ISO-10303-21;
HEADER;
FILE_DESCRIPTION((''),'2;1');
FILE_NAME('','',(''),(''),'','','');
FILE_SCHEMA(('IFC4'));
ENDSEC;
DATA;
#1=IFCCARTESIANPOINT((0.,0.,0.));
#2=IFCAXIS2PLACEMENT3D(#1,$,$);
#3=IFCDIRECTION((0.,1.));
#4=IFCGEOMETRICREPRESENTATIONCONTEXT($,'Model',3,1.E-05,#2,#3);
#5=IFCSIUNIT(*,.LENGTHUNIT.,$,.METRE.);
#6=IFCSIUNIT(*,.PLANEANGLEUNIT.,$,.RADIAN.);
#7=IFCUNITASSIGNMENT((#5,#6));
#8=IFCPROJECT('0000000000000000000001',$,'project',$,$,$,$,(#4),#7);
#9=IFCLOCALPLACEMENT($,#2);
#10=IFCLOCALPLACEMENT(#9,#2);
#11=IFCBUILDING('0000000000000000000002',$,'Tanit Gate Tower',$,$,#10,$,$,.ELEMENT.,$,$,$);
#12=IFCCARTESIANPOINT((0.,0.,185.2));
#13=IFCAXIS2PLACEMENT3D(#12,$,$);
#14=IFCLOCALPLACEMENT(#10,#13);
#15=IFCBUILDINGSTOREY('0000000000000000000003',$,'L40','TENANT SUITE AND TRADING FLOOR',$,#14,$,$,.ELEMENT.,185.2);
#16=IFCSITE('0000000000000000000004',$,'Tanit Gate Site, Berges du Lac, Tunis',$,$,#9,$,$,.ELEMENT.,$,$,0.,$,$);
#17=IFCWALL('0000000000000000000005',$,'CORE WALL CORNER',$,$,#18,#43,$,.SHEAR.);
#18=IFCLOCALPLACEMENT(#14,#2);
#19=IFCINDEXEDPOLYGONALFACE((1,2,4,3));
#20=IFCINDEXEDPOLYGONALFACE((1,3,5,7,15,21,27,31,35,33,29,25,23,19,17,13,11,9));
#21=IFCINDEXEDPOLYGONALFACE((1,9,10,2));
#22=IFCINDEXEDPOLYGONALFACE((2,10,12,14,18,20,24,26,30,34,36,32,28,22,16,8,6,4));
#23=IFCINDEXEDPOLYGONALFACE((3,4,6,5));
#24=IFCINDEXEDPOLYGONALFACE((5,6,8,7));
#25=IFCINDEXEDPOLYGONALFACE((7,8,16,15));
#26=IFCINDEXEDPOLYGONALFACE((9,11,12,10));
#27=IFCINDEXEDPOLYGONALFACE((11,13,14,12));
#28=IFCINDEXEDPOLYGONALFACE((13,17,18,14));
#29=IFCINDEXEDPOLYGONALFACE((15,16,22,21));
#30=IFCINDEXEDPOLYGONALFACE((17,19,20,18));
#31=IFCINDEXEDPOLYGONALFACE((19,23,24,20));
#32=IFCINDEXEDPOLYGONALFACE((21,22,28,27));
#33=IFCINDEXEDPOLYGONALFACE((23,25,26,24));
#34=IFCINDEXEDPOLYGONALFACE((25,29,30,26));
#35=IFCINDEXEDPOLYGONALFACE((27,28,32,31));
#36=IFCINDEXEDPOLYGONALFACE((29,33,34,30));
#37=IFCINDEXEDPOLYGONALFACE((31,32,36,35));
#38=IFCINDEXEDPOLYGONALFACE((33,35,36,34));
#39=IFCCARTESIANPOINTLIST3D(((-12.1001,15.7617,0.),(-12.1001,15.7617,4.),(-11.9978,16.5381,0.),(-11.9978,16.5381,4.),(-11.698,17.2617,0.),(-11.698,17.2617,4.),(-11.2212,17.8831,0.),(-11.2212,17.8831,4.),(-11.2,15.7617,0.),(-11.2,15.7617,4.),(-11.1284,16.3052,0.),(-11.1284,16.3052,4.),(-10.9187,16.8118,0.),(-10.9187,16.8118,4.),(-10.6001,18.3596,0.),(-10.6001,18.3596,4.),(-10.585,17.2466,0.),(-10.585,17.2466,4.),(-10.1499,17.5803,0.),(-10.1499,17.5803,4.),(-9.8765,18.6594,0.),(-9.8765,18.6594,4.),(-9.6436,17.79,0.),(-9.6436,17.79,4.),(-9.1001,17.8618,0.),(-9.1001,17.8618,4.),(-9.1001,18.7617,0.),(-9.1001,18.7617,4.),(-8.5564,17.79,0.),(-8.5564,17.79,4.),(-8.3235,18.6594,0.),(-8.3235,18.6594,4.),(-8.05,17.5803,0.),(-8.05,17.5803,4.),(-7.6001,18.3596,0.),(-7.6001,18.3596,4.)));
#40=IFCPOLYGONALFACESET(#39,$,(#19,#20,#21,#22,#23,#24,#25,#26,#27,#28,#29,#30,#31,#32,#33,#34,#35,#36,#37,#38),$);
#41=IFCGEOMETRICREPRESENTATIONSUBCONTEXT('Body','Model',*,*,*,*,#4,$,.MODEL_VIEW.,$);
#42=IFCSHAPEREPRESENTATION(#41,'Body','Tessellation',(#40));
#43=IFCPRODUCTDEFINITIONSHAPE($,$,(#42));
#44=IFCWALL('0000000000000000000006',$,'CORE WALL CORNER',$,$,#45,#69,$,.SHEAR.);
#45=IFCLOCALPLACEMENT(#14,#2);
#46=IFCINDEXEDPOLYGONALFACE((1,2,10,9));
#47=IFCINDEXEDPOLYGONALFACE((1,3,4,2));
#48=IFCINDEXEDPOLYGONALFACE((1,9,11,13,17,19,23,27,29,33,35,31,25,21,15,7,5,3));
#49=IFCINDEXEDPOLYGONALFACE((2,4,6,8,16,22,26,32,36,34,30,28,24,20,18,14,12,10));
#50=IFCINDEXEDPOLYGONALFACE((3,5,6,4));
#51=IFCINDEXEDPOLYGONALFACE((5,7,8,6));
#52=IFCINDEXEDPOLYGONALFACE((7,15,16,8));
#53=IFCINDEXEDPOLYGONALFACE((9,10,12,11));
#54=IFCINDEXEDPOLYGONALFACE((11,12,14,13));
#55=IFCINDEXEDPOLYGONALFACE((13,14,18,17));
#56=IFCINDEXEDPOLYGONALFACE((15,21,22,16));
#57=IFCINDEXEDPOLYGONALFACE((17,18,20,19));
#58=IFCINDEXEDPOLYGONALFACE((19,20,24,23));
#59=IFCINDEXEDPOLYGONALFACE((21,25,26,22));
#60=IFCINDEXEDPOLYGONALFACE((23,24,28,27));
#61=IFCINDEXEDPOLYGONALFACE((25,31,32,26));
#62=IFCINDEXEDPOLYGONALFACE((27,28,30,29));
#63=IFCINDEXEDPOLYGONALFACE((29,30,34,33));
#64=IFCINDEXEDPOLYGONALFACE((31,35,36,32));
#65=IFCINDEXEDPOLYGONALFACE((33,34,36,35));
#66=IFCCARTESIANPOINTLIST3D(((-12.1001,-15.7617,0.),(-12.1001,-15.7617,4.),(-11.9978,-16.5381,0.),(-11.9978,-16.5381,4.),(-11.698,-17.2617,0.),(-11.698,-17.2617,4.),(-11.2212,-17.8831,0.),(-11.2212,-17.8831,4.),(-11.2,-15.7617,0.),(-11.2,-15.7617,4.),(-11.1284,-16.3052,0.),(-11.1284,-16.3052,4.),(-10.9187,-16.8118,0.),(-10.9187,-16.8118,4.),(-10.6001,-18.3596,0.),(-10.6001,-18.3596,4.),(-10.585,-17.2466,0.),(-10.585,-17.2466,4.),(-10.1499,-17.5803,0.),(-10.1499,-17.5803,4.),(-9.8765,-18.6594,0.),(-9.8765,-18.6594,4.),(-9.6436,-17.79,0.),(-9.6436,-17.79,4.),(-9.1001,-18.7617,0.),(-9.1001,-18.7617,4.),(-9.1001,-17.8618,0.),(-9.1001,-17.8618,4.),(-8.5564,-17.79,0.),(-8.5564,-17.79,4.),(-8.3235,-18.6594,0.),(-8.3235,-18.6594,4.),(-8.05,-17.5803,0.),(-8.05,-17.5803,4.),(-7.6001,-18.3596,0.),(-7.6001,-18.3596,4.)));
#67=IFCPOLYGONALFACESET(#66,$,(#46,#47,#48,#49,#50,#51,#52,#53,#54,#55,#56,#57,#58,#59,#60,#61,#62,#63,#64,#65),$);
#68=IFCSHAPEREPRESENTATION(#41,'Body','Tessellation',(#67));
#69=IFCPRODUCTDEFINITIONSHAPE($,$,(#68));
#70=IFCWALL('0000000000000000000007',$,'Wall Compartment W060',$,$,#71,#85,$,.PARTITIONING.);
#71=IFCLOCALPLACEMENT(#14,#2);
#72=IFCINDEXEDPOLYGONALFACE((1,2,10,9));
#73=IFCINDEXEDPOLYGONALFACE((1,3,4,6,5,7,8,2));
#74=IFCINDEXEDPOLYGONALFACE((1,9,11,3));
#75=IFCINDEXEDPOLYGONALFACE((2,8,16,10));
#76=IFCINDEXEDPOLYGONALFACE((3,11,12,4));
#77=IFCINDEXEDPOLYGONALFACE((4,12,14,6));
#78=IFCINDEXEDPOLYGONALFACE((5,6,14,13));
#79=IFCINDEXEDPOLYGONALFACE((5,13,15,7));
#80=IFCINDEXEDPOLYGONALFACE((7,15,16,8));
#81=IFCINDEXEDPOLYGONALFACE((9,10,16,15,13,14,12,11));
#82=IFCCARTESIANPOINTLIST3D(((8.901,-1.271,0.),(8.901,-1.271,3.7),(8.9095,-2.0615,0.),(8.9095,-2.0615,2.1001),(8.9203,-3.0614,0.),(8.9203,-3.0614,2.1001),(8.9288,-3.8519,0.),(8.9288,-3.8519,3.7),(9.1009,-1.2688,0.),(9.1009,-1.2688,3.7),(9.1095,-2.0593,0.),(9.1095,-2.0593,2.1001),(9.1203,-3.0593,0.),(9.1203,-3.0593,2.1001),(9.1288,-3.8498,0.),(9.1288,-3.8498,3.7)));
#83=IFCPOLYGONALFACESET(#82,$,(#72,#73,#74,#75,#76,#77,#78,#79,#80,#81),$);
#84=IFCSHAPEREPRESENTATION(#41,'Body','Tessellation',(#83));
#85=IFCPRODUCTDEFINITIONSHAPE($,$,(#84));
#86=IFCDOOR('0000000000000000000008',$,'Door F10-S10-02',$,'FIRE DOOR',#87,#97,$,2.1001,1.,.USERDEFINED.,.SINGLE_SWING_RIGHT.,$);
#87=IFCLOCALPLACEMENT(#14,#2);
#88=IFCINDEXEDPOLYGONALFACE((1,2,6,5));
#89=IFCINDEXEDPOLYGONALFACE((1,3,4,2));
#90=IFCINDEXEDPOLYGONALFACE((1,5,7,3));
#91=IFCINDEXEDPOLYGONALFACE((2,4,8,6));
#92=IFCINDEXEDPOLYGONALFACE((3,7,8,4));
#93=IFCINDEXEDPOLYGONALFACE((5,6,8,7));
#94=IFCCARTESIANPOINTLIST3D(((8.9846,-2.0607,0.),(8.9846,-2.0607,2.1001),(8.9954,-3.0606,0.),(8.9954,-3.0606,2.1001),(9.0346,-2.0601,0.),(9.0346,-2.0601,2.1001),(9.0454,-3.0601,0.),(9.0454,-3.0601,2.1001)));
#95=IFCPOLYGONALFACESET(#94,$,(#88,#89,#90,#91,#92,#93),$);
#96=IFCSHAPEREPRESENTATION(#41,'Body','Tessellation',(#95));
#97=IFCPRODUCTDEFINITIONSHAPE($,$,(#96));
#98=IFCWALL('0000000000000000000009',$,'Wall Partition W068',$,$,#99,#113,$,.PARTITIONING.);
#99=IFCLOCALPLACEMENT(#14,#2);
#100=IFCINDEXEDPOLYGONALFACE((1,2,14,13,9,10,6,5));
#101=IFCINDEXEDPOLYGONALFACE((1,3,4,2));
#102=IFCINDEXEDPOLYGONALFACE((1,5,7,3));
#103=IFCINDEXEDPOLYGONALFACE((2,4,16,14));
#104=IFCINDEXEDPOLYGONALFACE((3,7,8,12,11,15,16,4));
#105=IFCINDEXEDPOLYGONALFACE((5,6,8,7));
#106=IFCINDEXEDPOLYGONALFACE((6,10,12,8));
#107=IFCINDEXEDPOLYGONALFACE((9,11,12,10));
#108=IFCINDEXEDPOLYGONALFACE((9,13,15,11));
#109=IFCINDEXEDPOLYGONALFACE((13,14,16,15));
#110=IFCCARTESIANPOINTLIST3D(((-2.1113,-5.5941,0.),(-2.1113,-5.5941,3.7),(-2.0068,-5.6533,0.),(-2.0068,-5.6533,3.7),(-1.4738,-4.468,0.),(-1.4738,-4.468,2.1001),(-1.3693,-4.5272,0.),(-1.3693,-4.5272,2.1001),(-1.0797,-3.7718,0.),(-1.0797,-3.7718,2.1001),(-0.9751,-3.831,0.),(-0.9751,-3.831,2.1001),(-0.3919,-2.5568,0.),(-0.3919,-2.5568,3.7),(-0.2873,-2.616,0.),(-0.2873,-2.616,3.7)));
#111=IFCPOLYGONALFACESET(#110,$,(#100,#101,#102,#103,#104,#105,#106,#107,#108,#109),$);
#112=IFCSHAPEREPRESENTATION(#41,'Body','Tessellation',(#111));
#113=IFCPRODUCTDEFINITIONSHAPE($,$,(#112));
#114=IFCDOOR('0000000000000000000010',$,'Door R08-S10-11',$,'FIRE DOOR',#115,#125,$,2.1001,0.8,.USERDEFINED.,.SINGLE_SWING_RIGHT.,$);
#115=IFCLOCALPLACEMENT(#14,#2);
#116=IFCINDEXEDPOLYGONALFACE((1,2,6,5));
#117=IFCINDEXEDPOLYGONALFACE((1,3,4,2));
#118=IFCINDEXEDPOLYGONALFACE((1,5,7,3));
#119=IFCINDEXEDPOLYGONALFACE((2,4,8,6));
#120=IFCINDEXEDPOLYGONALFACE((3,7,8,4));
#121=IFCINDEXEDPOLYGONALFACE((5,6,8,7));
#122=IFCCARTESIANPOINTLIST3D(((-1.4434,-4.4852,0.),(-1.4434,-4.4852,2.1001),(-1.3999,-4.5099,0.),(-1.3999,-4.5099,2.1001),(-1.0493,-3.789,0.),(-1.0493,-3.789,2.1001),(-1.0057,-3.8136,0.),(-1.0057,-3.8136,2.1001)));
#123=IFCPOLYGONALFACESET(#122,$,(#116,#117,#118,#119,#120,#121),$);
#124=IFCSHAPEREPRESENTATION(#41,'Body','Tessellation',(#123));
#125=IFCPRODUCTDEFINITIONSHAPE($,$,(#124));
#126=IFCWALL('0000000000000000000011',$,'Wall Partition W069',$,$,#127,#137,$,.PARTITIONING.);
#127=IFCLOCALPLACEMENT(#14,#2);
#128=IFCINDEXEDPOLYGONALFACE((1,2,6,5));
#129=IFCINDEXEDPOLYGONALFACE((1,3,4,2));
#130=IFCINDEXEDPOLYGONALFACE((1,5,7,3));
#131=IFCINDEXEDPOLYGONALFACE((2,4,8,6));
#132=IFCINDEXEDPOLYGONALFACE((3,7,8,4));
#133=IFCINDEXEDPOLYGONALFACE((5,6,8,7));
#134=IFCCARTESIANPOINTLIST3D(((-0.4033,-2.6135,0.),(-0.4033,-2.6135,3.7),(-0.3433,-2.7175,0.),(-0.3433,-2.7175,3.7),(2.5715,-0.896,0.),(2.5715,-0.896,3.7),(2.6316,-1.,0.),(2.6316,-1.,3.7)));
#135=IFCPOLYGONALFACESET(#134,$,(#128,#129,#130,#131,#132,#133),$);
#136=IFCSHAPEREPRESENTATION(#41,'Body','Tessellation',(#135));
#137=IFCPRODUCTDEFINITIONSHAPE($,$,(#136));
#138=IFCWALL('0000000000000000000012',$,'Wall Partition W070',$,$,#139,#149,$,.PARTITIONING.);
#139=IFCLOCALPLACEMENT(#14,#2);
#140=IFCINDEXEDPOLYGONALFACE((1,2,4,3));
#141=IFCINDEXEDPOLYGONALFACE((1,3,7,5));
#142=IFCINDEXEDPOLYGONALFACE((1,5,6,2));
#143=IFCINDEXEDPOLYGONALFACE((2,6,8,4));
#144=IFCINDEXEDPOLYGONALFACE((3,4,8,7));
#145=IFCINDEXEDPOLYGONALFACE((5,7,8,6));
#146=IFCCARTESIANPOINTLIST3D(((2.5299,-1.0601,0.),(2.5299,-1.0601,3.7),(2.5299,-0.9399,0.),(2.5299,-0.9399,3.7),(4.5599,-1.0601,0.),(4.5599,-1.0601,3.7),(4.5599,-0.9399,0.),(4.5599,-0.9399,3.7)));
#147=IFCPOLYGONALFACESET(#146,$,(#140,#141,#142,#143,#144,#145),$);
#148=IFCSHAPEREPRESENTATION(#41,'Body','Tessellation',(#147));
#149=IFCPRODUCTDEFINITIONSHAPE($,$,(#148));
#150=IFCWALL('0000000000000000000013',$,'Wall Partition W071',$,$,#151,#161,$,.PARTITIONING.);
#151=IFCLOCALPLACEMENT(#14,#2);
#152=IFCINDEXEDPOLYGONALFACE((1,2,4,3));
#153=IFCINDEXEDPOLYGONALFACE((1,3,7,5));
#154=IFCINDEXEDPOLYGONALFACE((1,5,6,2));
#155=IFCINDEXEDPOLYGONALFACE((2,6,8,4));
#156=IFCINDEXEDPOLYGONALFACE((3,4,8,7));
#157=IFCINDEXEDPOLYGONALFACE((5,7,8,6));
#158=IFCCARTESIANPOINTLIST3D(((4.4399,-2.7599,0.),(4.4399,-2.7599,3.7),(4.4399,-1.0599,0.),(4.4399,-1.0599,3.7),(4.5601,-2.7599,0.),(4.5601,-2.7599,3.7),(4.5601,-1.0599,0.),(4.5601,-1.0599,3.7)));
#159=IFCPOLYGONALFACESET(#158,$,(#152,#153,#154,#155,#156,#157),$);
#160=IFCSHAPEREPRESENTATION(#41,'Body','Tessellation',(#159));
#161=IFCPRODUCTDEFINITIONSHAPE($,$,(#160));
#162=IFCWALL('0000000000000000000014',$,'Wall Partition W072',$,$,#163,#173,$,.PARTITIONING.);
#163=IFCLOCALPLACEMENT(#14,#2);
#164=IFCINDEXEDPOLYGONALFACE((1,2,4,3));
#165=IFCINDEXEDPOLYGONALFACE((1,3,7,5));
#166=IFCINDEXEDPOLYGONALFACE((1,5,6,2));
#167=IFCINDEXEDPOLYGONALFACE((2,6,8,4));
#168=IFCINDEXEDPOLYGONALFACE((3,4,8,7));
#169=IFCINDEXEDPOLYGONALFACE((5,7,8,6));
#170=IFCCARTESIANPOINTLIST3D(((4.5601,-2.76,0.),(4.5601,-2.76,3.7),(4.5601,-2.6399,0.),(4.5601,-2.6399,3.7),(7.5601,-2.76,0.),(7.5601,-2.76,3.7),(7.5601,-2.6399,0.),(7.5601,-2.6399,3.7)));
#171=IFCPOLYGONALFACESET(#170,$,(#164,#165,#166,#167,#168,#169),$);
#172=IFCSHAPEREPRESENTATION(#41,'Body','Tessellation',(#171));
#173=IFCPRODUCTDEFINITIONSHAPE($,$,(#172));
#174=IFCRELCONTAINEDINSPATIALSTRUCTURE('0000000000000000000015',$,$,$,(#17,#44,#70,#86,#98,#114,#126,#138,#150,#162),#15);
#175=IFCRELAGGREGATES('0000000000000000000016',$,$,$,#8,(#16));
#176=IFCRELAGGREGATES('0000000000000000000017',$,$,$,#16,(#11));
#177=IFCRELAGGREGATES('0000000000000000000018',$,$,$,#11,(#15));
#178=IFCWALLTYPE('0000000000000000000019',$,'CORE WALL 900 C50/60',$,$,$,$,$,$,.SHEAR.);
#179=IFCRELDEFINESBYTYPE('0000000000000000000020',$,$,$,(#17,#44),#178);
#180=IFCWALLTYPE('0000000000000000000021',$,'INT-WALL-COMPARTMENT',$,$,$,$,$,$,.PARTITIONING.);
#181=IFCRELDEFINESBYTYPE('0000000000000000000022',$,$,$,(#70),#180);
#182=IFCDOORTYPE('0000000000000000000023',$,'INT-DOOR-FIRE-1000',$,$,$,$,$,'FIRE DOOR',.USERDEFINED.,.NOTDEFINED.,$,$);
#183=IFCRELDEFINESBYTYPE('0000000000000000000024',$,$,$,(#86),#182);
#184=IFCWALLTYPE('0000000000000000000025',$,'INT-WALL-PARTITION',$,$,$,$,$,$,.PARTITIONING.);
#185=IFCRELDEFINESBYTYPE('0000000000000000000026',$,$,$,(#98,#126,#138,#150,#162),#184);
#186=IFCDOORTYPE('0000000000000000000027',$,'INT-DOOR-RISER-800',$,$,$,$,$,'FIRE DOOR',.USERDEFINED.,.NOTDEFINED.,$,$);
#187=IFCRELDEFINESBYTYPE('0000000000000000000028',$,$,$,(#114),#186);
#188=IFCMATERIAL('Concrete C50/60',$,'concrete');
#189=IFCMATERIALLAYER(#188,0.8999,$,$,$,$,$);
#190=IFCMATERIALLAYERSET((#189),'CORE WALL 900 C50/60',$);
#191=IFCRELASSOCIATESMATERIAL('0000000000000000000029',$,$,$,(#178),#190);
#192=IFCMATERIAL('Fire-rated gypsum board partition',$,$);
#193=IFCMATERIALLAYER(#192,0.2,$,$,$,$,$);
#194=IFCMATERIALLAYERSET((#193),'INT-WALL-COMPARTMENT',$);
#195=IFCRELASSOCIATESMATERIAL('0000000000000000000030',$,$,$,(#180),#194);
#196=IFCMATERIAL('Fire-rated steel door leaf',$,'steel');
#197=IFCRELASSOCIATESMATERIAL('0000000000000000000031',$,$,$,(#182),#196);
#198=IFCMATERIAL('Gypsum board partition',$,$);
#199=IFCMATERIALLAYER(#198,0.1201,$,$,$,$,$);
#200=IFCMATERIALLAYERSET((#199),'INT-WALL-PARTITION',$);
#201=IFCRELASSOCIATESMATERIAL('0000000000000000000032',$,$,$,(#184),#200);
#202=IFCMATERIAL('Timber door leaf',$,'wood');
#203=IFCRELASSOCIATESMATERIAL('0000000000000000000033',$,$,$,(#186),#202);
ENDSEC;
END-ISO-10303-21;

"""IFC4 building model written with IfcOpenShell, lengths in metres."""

from ifc_helpers import new_model, si_unit, direction, frame, frame_2d, origin, place, context, subcontext, project, spatial, polyline, rectangle, outline, extrude, material, layer, layer_set, type_object, element, fill, save


model = new_model("IFC4")

# Units and contexts
model_context = context("Model", 3, precision=1e-05, world=origin(), true_north=direction((0.0, 1.0)))
body_context = subcontext(model_context, "Body", "Model", "MODEL_VIEW")
ifc_project = project(units=[si_unit("LENGTHUNIT", "METRE"), si_unit("PLANEANGLEUNIT", "RADIAN")], contexts=[model_context])

# Site, building, storey
site_placement = place(None, origin())
site = spatial("IfcSite", under=ifc_project, at=site_placement, Name="Tanit Gate Site, Berges du Lac, Tunis", CompositionType="ELEMENT", RefElevation=0.0)
building_placement = place(site_placement, origin())
building = spatial("IfcBuilding", under=site, at=building_placement, Name="Tanit Gate Tower", CompositionType="ELEMENT")
storey_placement = place(building_placement, frame((0.0, 0.0, 185.2)))
storey = spatial("IfcBuildingStorey", under=building, at=storey_placement, Name="L40", Description="TENANT SUITE AND TRADING FLOOR", CompositionType="ELEMENT", Elevation=185.2)

# Walls
ifc_material_1 = material(Name="Concrete C50/60", Category="concrete")
ifc_layer_1 = layer(ifc_material_1, 0.8999)
ifc_layer_set_1 = layer_set([ifc_layer_1], Name="CORE WALL 900 C50/60")
wall_type_1 = type_object("IfcWallType", Name="CORE WALL 900 C50/60", PredefinedType="SHEAR", material=ifc_layer_set_1)
wall_1_placement = place(storey_placement, origin())
element("IfcWall", 1, at=wall_1_placement, inside=storey, type_object=wall_type_1, Name="CORE WALL CORNER", PredefinedType="SHEAR", context=body_context, shape_type="SweptSolid", body=[
    extrude(outline(polyline([(-7.6001, 18.3596), (-8.3235, 18.6594), (-9.1001, 18.7617), (-9.8765, 18.6594), (-10.6001, 18.3596), (-11.2212, 17.8831), (-11.698, 17.2617), (-11.9978, 16.5381), (-12.1001, 15.7617), (-11.2, 15.7617), (-11.1284, 16.3052), (-10.9187, 16.8118), (-10.585, 17.2466), (-10.1499, 17.5803), (-9.6436, 17.79), (-9.1001, 17.8618), (-8.5564, 17.79), (-8.05, 17.5803), (-7.6001, 18.3596)])), origin(), (0.0, 0.0, 1.0), 4.0),
])
wall_2_placement = place(storey_placement, origin())
element("IfcWall", 2, at=wall_2_placement, inside=storey, type_object=wall_type_1, Name="CORE WALL CORNER", PredefinedType="SHEAR", context=body_context, shape_type="SweptSolid", body=[
    extrude(outline(polyline([(-12.1001, -15.7617), (-11.9978, -16.5381), (-11.698, -17.2617), (-11.2212, -17.8831), (-10.6001, -18.3596), (-9.8765, -18.6594), (-9.1001, -18.7617), (-8.3235, -18.6594), (-7.6001, -18.3596), (-8.05, -17.5803), (-8.5564, -17.79), (-9.1001, -17.8618), (-9.6436, -17.79), (-10.1499, -17.5803), (-10.585, -17.2466), (-10.9187, -16.8118), (-11.1284, -16.3052), (-11.2, -15.7617), (-12.1001, -15.7617)])), origin(), (0.0, 0.0, 1.0), 4.0),
])

# Walls, openings, doors
ifc_material_2 = material(Name="Fire-rated gypsum board partition")
ifc_layer_2 = layer(ifc_material_2, 0.2)
ifc_layer_set_2 = layer_set([ifc_layer_2], Name="INT-WALL-COMPARTMENT")
wall_type_2 = type_object("IfcWallType", Name="INT-WALL-COMPARTMENT", PredefinedType="PARTITIONING", material=ifc_layer_set_2)
wall_3_placement = place(storey_placement, frame((9.0288, -3.8508, 0.0), z_axis=(0.0, 0.0, 1.0), x_axis=(-0.010784, 0.999942, 0.0)))
wall_3 = element("IfcWall", 3, at=wall_3_placement, inside=storey, type_object=wall_type_2, Name="Wall Compartment W060", PredefinedType="PARTITIONING", context=body_context, shape_type="SweptSolid", body=[
    extrude(rectangle(XDim=2.5811, YDim=0.2, at=frame_2d((1.2905, 0.0))), origin(), (0.0, 0.0, 1.0), 3.7),
])
opening_1_placement = place(wall_3_placement, frame((0.7905, 0.0, 0.0)))
opening_1 = element("IfcOpeningElement", 4, at=opening_1_placement, cuts=wall_3, PredefinedType="OPENING", context=body_context, shape_type="SweptSolid", body=[
    extrude(rectangle(XDim=1.0, YDim=2.1001, at=frame_2d((0.5, 1.05))), frame((0.0, 0.1099, 0.0), z_axis=(0.0, -1.0, 0.0), x_axis=(1.0, 0.0, 0.0)), (0.0, 0.0, 1.0), 0.22),
])
ifc_material_3 = material(Name="Fire-rated steel door leaf", Category="steel")
door_type_1 = type_object("IfcDoorType", Name="INT-DOOR-FIRE-1000", ElementType="FIRE DOOR", OperationType="NOTDEFINED", PredefinedType="USERDEFINED", material=ifc_material_3)
door_1_placement = place(opening_1_placement, origin())
door_1 = element("IfcDoor", 5, at=door_1_placement, inside=storey, type_object=door_type_1, Name="Door F10-S10-02", ObjectType="FIRE DOOR", OperationType="SINGLE_SWING_RIGHT", OverallHeight=2.1001, OverallWidth=1.0, PredefinedType="USERDEFINED", context=body_context, shape_type="SweptSolid", body=[
    extrude(rectangle(XDim=1.0, YDim=2.1001, at=frame_2d((0.5, 1.05))), frame((0.0, 0.0249, 0.0), z_axis=(0.0, -1.0, 0.0), x_axis=(1.0, 0.0, 0.0)), (0.0, 0.0, 1.0), 0.05),
])
fill(opening_1, door_1)
ifc_material_4 = material(Name="Gypsum board partition")
ifc_layer_3 = layer(ifc_material_4, 0.1201)
ifc_layer_set_3 = layer_set([ifc_layer_3], Name="INT-WALL-PARTITION")
wall_type_3 = type_object("IfcWallType", Name="INT-WALL-PARTITION", PredefinedType="PARTITIONING", material=ifc_layer_set_3)
wall_4_placement = place(storey_placement, frame((-0.3396, -2.5864, 0.0), z_axis=(0.0, 0.0, 1.0), x_axis=(-0.492647, -0.870229, 0.0)))
wall_4 = element("IfcWall", 6, at=wall_4_placement, inside=storey, type_object=wall_type_3, Name="Wall Partition W068", PredefinedType="PARTITIONING", context=body_context, shape_type="SweptSolid", body=[
    extrude(rectangle(XDim=3.4902, YDim=0.1201, at=frame_2d((1.7451, 0.0))), origin(), (0.0, 0.0, 1.0), 3.7),
])
opening_2_placement = place(wall_4_placement, frame((1.3962, 0.0, 0.0)))
opening_2 = element("IfcOpeningElement", 7, at=opening_2_placement, cuts=wall_4, PredefinedType="OPENING", context=body_context, shape_type="SweptSolid", body=[
    extrude(rectangle(XDim=0.8, YDim=2.1001, at=frame_2d((0.3999, 1.05))), frame((0.0, 0.0701, 0.0), z_axis=(0.0, -1.0, 0.0), x_axis=(1.0, 0.0, 0.0)), (0.0, 0.0, 1.0), 0.1401),
])
ifc_material_5 = material(Name="Timber door leaf", Category="wood")
door_type_2 = type_object("IfcDoorType", Name="INT-DOOR-RISER-800", ElementType="FIRE DOOR", OperationType="NOTDEFINED", PredefinedType="USERDEFINED", material=ifc_material_5)
door_2_placement = place(opening_2_placement, origin())
door_2 = element("IfcDoor", 8, at=door_2_placement, inside=storey, type_object=door_type_2, Name="Door R08-S10-11", ObjectType="FIRE DOOR", OperationType="SINGLE_SWING_RIGHT", OverallHeight=2.1001, OverallWidth=0.8, PredefinedType="USERDEFINED", context=body_context, shape_type="SweptSolid", body=[
    extrude(rectangle(XDim=0.8, YDim=2.1001, at=frame_2d((0.3999, 1.05))), frame((0.0, 0.0249, 0.0), z_axis=(0.0, -1.0, 0.0), x_axis=(1.0, 0.0, 0.0)), (0.0, 0.0, 1.0), 0.05),
])
fill(opening_2, door_2)

# Walls
wall_5_placement = place(storey_placement, frame((2.6016, -0.948, 0.0), z_axis=(0.0, 0.0, 1.0), x_axis=(-0.866026, -0.499999, 0.0)))
element("IfcWall", 9, at=wall_5_placement, inside=storey, type_object=wall_type_3, Name="Wall Partition W069", PredefinedType="PARTITIONING", context=body_context, shape_type="SweptSolid", body=[
    extrude(rectangle(XDim=3.4351, YDim=0.1201, at=frame_2d((1.7175, 0.0))), origin(), (0.0, 0.0, 1.0), 3.7),
])
wall_6_placement = place(storey_placement, frame((4.5601, -1.0, 0.0), z_axis=(0.0, 0.0, 1.0), x_axis=(-1.0, 0.0, 0.0)))
element("IfcWall", 10, at=wall_6_placement, inside=storey, type_object=wall_type_3, Name="Wall Partition W070", PredefinedType="PARTITIONING", context=body_context, shape_type="SweptSolid", body=[
    extrude(rectangle(XDim=2.03, YDim=0.1201, at=frame_2d((1.0151, 0.0))), origin(), (0.0, 0.0, 1.0), 3.7),
])
wall_7_placement = place(storey_placement, frame((4.5, -2.76, 0.0), z_axis=(0.0, 0.0, 1.0), x_axis=(0.0, 1.0, 0.0)))
element("IfcWall", 11, at=wall_7_placement, inside=storey, type_object=wall_type_3, Name="Wall Partition W071", PredefinedType="PARTITIONING", context=body_context, shape_type="SweptSolid", body=[
    extrude(rectangle(XDim=1.7, YDim=0.1201, at=frame_2d((0.8501, 0.0))), origin(), (0.0, 0.0, 1.0), 3.7),
])
wall_8_placement = place(storey_placement, frame((7.5601, -2.7, 0.0), z_axis=(0.0, 0.0, 1.0), x_axis=(-1.0, 0.0, 0.0)))
element("IfcWall", 12, at=wall_8_placement, inside=storey, type_object=wall_type_3, Name="Wall Partition W072", PredefinedType="PARTITIONING", context=body_context, shape_type="SweptSolid", body=[
    extrude(rectangle(XDim=3.0, YDim=0.1201, at=frame_2d((1.5, 0.0))), origin(), (0.0, 0.0, 1.0), 3.7),
])

save(model, "model.ifc")
